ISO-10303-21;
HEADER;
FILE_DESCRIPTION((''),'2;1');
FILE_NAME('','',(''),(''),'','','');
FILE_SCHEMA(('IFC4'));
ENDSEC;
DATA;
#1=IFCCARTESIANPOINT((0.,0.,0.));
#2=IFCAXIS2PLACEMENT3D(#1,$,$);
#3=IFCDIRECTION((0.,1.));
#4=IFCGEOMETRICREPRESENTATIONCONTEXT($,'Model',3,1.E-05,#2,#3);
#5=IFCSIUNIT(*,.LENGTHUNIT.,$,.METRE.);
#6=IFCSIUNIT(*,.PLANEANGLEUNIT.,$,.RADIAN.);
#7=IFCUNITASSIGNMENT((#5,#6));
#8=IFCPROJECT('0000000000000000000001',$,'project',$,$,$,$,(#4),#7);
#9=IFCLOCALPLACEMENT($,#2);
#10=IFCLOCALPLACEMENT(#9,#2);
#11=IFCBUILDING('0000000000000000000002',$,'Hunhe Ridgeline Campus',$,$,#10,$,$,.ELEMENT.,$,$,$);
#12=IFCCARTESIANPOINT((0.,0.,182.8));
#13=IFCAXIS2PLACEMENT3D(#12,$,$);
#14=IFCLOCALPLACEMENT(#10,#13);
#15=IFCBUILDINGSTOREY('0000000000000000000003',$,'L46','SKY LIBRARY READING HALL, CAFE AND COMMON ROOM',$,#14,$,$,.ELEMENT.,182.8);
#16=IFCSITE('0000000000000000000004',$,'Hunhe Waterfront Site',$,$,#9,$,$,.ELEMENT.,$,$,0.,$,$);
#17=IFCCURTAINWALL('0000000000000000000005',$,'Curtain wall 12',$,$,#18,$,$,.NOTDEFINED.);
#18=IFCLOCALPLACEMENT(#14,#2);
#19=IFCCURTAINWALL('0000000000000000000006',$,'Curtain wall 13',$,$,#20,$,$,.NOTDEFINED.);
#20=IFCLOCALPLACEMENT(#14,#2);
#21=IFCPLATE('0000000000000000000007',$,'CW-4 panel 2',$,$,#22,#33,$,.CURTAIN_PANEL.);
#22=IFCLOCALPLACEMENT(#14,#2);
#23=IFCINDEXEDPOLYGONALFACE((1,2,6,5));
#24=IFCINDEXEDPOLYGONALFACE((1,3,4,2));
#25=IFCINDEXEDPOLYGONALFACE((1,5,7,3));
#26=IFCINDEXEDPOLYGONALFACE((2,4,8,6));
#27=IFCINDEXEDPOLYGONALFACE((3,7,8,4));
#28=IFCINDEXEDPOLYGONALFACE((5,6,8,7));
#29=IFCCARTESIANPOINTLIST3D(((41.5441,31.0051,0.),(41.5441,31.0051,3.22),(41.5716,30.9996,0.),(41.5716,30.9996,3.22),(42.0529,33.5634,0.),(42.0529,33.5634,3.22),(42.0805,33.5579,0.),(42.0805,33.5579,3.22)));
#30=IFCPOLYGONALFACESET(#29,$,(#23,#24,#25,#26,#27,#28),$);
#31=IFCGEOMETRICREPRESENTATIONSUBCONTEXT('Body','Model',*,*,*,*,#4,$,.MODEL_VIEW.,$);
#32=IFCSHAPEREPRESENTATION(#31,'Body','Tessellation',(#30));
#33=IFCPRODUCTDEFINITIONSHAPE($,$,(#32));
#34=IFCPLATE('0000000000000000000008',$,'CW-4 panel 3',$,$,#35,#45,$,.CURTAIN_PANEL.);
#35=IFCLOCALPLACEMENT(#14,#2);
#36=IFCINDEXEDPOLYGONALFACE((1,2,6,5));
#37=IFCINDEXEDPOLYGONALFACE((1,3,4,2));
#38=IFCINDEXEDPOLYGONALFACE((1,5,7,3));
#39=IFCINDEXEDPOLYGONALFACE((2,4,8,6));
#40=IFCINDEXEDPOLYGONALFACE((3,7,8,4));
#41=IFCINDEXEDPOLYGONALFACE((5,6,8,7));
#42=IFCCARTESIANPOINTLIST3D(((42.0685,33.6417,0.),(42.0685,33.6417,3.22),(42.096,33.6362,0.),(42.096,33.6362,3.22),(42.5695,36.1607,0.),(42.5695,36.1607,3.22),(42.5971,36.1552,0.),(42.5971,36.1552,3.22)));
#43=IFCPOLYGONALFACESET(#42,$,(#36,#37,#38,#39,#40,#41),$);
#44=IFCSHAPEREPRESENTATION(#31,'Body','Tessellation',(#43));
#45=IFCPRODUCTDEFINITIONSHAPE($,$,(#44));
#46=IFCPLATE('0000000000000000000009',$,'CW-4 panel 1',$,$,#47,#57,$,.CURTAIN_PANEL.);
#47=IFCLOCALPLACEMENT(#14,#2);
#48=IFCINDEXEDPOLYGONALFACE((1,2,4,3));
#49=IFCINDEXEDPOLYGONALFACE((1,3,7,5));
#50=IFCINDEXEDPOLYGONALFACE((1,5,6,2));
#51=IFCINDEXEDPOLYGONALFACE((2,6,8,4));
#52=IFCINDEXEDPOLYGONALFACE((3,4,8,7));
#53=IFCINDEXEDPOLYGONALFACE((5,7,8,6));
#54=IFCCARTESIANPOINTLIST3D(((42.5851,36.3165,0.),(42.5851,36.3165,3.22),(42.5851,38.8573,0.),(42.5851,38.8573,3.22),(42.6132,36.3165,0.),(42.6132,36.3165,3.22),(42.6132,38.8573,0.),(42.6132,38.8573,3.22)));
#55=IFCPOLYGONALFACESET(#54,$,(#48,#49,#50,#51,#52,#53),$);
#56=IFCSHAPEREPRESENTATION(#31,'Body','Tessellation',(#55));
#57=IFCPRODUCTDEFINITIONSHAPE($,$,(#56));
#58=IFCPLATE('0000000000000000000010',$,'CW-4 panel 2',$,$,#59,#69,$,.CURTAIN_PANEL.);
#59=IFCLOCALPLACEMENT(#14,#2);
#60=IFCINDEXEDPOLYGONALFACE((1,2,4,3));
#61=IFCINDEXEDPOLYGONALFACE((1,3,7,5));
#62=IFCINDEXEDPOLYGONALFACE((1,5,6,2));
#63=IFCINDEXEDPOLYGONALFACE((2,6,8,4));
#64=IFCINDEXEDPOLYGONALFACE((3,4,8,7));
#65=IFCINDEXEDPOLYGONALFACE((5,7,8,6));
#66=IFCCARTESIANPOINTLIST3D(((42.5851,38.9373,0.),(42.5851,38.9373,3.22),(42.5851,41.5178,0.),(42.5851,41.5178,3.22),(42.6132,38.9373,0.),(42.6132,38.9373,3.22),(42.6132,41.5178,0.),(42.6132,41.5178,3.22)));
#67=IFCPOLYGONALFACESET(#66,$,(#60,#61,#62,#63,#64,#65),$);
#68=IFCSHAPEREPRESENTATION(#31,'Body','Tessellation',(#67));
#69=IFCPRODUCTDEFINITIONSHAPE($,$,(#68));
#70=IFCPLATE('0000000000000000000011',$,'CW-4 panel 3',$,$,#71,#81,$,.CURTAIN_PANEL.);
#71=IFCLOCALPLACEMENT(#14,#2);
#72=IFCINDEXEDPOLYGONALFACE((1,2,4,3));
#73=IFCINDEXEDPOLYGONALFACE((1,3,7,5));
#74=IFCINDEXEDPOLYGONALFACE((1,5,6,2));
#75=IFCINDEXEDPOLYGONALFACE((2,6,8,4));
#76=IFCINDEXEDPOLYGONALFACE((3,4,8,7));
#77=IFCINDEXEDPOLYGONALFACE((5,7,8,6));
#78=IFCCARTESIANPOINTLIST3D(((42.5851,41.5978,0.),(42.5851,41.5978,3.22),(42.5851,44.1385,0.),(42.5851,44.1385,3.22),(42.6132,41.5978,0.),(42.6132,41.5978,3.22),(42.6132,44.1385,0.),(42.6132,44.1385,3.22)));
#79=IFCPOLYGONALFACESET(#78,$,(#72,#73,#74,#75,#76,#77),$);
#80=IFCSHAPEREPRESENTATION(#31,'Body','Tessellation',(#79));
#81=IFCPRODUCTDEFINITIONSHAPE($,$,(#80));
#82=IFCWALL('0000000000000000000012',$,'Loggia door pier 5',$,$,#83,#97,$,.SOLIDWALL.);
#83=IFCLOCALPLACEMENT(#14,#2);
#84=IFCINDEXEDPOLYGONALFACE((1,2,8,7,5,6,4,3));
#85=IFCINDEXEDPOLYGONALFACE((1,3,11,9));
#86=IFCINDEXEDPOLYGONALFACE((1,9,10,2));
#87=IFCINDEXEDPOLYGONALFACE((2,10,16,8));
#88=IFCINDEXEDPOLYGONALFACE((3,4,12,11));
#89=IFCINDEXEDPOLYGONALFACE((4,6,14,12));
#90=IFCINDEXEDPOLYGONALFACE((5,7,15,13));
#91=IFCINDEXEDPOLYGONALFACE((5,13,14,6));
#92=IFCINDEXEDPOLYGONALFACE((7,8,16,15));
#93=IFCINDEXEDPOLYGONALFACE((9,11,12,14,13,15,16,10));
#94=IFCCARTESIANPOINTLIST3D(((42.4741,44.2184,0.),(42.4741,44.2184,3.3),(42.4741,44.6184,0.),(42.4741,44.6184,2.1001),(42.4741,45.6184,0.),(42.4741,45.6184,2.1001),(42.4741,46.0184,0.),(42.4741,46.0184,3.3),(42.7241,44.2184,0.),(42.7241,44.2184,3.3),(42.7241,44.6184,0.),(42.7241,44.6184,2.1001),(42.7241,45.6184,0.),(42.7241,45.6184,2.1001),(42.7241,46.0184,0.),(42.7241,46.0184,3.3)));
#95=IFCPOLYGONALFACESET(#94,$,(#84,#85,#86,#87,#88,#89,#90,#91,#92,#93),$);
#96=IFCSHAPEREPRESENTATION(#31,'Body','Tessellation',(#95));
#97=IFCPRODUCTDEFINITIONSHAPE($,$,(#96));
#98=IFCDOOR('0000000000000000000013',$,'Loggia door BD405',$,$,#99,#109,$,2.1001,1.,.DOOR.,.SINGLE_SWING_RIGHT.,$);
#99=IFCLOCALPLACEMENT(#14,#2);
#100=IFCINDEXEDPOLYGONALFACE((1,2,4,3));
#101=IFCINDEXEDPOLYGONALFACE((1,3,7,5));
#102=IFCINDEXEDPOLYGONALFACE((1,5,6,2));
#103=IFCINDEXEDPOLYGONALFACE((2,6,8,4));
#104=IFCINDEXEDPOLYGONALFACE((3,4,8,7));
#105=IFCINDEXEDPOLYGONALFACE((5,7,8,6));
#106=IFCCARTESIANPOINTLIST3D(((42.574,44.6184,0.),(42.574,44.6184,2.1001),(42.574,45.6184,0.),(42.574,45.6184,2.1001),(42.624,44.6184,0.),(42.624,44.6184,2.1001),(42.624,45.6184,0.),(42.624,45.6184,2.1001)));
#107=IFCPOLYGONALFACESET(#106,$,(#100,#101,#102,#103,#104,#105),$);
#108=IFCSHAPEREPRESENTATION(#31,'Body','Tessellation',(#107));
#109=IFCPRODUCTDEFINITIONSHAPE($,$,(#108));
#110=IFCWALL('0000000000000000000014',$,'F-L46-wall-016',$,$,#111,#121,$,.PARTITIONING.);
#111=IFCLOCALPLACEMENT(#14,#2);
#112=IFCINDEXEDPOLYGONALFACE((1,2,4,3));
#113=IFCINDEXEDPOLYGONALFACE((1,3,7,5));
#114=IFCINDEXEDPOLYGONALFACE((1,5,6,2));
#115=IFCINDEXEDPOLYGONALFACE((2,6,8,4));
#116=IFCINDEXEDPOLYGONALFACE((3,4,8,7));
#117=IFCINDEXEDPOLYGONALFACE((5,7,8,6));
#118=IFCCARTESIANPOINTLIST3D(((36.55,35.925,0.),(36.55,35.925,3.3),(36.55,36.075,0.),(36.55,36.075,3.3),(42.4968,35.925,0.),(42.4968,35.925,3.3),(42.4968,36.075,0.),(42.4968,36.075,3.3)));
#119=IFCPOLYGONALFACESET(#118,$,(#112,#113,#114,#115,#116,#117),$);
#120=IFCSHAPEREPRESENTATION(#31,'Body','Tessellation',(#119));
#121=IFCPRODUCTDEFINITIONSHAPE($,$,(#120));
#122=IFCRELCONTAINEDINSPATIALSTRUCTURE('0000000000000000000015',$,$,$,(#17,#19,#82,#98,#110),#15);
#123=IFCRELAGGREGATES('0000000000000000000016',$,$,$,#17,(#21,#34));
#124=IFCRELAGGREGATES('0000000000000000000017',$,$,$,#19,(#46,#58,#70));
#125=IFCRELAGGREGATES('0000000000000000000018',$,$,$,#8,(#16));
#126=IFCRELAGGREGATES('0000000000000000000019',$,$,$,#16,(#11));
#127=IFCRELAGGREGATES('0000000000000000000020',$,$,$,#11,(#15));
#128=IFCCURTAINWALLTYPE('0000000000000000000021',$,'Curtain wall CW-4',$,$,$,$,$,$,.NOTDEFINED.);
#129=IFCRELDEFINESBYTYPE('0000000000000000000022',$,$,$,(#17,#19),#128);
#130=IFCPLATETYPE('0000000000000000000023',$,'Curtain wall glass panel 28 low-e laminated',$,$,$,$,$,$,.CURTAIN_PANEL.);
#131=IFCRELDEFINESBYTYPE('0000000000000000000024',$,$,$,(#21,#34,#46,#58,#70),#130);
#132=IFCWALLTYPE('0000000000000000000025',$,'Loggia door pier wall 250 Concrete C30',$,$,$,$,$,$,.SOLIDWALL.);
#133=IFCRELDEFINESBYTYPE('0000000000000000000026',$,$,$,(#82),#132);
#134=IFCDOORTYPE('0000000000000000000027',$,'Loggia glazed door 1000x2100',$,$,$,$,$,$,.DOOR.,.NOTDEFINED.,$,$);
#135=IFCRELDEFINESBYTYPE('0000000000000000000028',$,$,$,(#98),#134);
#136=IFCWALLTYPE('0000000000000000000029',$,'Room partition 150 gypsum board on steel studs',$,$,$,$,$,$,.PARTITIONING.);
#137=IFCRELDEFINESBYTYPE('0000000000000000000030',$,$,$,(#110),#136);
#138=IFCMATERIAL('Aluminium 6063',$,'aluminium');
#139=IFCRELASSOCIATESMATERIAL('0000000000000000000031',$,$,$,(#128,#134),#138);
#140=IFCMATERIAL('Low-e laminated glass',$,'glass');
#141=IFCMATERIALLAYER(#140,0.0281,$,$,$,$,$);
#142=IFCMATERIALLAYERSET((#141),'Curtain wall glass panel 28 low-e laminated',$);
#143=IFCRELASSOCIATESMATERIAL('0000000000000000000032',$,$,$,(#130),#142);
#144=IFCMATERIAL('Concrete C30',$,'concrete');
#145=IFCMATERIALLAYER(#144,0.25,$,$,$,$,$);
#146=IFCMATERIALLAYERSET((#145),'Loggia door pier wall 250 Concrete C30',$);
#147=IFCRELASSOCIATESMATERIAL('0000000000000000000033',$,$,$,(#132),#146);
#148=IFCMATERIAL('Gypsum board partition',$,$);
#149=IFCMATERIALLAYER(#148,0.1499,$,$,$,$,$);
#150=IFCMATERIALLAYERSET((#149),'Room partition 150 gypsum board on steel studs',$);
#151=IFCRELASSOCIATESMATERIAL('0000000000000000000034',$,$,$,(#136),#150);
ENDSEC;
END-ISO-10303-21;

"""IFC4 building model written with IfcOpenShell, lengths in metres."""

from ifc_helpers import new_model, si_unit, direction, frame, frame_2d, origin, origin_2d, place, context, subcontext, project, spatial, rectangle, extrude, material, layer, layer_set, type_object, element, fill, aggregate, save


model = new_model("IFC4")

# Units and contexts
model_context = context("Model", 3, precision=1e-05, world=origin(), true_north=direction((0.0, 1.0)))
body_context = subcontext(model_context, "Body", "Model", "MODEL_VIEW")
ifc_project = project(units=[si_unit("LENGTHUNIT", "METRE"), si_unit("PLANEANGLEUNIT", "RADIAN")], contexts=[model_context])

# Site, building, storey
site_placement = place(None, origin())
site = spatial("IfcSite", under=ifc_project, at=site_placement, Name="Hunhe Waterfront Site", CompositionType="ELEMENT", RefElevation=0.0)
building_placement = place(site_placement, origin())
building = spatial("IfcBuilding", under=site, at=building_placement, Name="Hunhe Ridgeline Campus", CompositionType="ELEMENT")
storey_placement = place(building_placement, frame((0.0, 0.0, 182.8)))
storey = spatial("IfcBuildingStorey", under=building, at=storey_placement, Name="L46", Description="SKY LIBRARY READING HALL, CAFE AND COMMON ROOM", CompositionType="ELEMENT", Elevation=182.8)

# Shared definitions
ifc_material_1 = material(Name="Aluminium 6063", Category="aluminium")
curtain_wall_type = type_object("IfcCurtainWallType", Name="Curtain wall CW-4", PredefinedType="NOTDEFINED", material=ifc_material_1)

# Curtain walls
curtain_wall_1_placement = place(storey_placement, origin())
curtain_wall_1 = element("IfcCurtainWall", 1, at=curtain_wall_1_placement, inside=storey, type_object=curtain_wall_type, Name="Curtain wall 12", PredefinedType="NOTDEFINED")
curtain_wall_2_placement = place(storey_placement, origin())
curtain_wall_2 = element("IfcCurtainWall", 2, at=curtain_wall_2_placement, inside=storey, type_object=curtain_wall_type, Name="Curtain wall 13", PredefinedType="NOTDEFINED")

# Plates
ifc_material_2 = material(Name="Low-e laminated glass", Category="glass")
ifc_layer_1 = layer(ifc_material_2, 0.0281)
ifc_layer_set_1 = layer_set([ifc_layer_1], Name="Curtain wall glass panel 28 low-e laminated")
plate_type = type_object("IfcPlateType", Name="Curtain wall glass panel 28 low-e laminated", PredefinedType="CURTAIN_PANEL", material=ifc_layer_set_1)
plate_1_placement = place(storey_placement, frame((41.8123, 32.2815, 0.0), z_axis=(0.0, 0.0, 1.0), x_axis=(0.19509, 0.980785, 0.0)))
plate_1 = element("IfcPlate", 3, at=plate_1_placement, type_object=plate_type, Name="CW-4 panel 2", PredefinedType="CURTAIN_PANEL", context=body_context, shape_type="SweptSolid", body=[
    extrude(rectangle(XDim=2.6084, YDim=0.0281, at=origin_2d()), origin(), (0.0, 0.0, 1.0), 3.22),
])
plate_2_placement = place(storey_placement, frame((42.3328, 34.8984, 0.0), z_axis=(0.0, 0.0, 1.0), x_axis=(0.19509, 0.980785, 0.0)))
plate_2 = element("IfcPlate", 4, at=plate_2_placement, type_object=plate_type, Name="CW-4 panel 3", PredefinedType="CURTAIN_PANEL", context=body_context, shape_type="SweptSolid", body=[
    extrude(rectangle(XDim=2.5684, YDim=0.0281, at=origin_2d()), origin(), (0.0, 0.0, 1.0), 3.22),
])
aggregate(curtain_wall_1, [plate_1, plate_2])
plate_3_placement = place(storey_placement, frame((42.5991, 37.5869, 0.0), z_axis=(0.0, 0.0, 1.0), x_axis=(0.000007, 1.0, 0.0)))
plate_3 = element("IfcPlate", 5, at=plate_3_placement, type_object=plate_type, Name="CW-4 panel 1", PredefinedType="CURTAIN_PANEL", context=body_context, shape_type="SweptSolid", body=[
    extrude(rectangle(XDim=2.5408, YDim=0.0281, at=origin_2d()), origin(), (0.0, 0.0, 1.0), 3.22),
])
plate_4_placement = place(storey_placement, frame((42.5991, 40.2275, 0.0), z_axis=(0.0, 0.0, 1.0), x_axis=(0.000007, 1.0, 0.0)))
plate_4 = element("IfcPlate", 6, at=plate_4_placement, type_object=plate_type, Name="CW-4 panel 2", PredefinedType="CURTAIN_PANEL", context=body_context, shape_type="SweptSolid", body=[
    extrude(rectangle(XDim=2.5806, YDim=0.0281, at=origin_2d()), origin(), (0.0, 0.0, 1.0), 3.22),
])
plate_5_placement = place(storey_placement, frame((42.5991, 42.8682, 0.0), z_axis=(0.0, 0.0, 1.0), x_axis=(0.000007, 1.0, 0.0)))
plate_5 = element("IfcPlate", 7, at=plate_5_placement, type_object=plate_type, Name="CW-4 panel 3", PredefinedType="CURTAIN_PANEL", context=body_context, shape_type="SweptSolid", body=[
    extrude(rectangle(XDim=2.5408, YDim=0.0281, at=origin_2d()), origin(), (0.0, 0.0, 1.0), 3.22),
])
aggregate(curtain_wall_2, [plate_3, plate_4, plate_5])

# Wall, opening, door
ifc_material_3 = material(Name="Concrete C30", Category="concrete")
ifc_layer_2 = layer(ifc_material_3, 0.25)
ifc_layer_set_2 = layer_set([ifc_layer_2], Name="Loggia door pier wall 250 Concrete C30")
wall_type_1 = type_object("IfcWallType", Name="Loggia door pier wall 250 Concrete C30", PredefinedType="SOLIDWALL", material=ifc_layer_set_2)
wall_1_placement = place(storey_placement, frame((42.5991, 44.2185, 0.0), z_axis=(0.0, 0.0, 1.0), x_axis=(0.0, 1.0, 0.0)))
wall_1 = element("IfcWall", 8, at=wall_1_placement, inside=storey, type_object=wall_type_1, Name="Loggia door pier 5", PredefinedType="SOLIDWALL", context=body_context, shape_type="SweptSolid", body=[
    extrude(rectangle(XDim=1.8, YDim=0.25, at=frame_2d((0.8999, 0.0))), origin(), (0.0, 0.0, 1.0), 3.3),
])
opening_placement = place(wall_1_placement, frame((0.3999, 0.0, 0.0)))
opening = element("IfcOpeningElement", 9, at=opening_placement, cuts=wall_1, PredefinedType="OPENING", context=body_context, shape_type="SweptSolid", body=[
    extrude(rectangle(XDim=1.0, YDim=2.1001, at=frame_2d((0.5, 1.05))), frame((0.0, 0.125, 0.0), z_axis=(0.0, -1.0, 0.0), x_axis=(1.0, 0.0, 0.0)), (0.0, 0.0, 1.0), 0.25),
])
door_type = type_object("IfcDoorType", Name="Loggia glazed door 1000x2100", OperationType="NOTDEFINED", PredefinedType="DOOR", material=ifc_material_1)
door_placement = place(opening_placement, frame((1.0, 0.0, 0.0), z_axis=(0.0, 0.0, 1.0), x_axis=(-1.0, 0.0, 0.0)))
door = element("IfcDoor", 10, at=door_placement, inside=storey, type_object=door_type, Name="Loggia door BD405", OperationType="SINGLE_SWING_RIGHT", OverallHeight=2.1001, OverallWidth=1.0, PredefinedType="DOOR", context=body_context, shape_type="SweptSolid", body=[
    extrude(rectangle(XDim=1.0, YDim=2.1001, at=frame_2d((0.5, 1.05))), frame((0.0, 0.0249, 0.0), z_axis=(0.0, -1.0, 0.0), x_axis=(1.0, 0.0, 0.0)), (0.0, 0.0, 1.0), 0.05),
])
fill(opening, door)

# Wall
ifc_material_4 = material(Name="Gypsum board partition")
ifc_layer_3 = layer(ifc_material_4, 0.1499)
ifc_layer_set_3 = layer_set([ifc_layer_3], Name="Room partition 150 gypsum board on steel studs")
wall_type_2 = type_object("IfcWallType", Name="Room partition 150 gypsum board on steel studs", PredefinedType="PARTITIONING", material=ifc_layer_set_3)
wall_2_placement = place(storey_placement, frame((36.55, 36.0, 0.0), z_axis=(0.0, 0.0, 1.0), x_axis=(1.0, 0.0, 0.0)))
element("IfcWall", 11, at=wall_2_placement, inside=storey, type_object=wall_type_2, Name="F-L46-wall-016", PredefinedType="PARTITIONING", context=body_context, shape_type="SweptSolid", body=[
    extrude(rectangle(XDim=5.9468, YDim=0.1499, at=frame_2d((2.9734, 0.0))), origin(), (0.0, 0.0, 1.0), 3.3),
])

save(model, "model.ifc")
